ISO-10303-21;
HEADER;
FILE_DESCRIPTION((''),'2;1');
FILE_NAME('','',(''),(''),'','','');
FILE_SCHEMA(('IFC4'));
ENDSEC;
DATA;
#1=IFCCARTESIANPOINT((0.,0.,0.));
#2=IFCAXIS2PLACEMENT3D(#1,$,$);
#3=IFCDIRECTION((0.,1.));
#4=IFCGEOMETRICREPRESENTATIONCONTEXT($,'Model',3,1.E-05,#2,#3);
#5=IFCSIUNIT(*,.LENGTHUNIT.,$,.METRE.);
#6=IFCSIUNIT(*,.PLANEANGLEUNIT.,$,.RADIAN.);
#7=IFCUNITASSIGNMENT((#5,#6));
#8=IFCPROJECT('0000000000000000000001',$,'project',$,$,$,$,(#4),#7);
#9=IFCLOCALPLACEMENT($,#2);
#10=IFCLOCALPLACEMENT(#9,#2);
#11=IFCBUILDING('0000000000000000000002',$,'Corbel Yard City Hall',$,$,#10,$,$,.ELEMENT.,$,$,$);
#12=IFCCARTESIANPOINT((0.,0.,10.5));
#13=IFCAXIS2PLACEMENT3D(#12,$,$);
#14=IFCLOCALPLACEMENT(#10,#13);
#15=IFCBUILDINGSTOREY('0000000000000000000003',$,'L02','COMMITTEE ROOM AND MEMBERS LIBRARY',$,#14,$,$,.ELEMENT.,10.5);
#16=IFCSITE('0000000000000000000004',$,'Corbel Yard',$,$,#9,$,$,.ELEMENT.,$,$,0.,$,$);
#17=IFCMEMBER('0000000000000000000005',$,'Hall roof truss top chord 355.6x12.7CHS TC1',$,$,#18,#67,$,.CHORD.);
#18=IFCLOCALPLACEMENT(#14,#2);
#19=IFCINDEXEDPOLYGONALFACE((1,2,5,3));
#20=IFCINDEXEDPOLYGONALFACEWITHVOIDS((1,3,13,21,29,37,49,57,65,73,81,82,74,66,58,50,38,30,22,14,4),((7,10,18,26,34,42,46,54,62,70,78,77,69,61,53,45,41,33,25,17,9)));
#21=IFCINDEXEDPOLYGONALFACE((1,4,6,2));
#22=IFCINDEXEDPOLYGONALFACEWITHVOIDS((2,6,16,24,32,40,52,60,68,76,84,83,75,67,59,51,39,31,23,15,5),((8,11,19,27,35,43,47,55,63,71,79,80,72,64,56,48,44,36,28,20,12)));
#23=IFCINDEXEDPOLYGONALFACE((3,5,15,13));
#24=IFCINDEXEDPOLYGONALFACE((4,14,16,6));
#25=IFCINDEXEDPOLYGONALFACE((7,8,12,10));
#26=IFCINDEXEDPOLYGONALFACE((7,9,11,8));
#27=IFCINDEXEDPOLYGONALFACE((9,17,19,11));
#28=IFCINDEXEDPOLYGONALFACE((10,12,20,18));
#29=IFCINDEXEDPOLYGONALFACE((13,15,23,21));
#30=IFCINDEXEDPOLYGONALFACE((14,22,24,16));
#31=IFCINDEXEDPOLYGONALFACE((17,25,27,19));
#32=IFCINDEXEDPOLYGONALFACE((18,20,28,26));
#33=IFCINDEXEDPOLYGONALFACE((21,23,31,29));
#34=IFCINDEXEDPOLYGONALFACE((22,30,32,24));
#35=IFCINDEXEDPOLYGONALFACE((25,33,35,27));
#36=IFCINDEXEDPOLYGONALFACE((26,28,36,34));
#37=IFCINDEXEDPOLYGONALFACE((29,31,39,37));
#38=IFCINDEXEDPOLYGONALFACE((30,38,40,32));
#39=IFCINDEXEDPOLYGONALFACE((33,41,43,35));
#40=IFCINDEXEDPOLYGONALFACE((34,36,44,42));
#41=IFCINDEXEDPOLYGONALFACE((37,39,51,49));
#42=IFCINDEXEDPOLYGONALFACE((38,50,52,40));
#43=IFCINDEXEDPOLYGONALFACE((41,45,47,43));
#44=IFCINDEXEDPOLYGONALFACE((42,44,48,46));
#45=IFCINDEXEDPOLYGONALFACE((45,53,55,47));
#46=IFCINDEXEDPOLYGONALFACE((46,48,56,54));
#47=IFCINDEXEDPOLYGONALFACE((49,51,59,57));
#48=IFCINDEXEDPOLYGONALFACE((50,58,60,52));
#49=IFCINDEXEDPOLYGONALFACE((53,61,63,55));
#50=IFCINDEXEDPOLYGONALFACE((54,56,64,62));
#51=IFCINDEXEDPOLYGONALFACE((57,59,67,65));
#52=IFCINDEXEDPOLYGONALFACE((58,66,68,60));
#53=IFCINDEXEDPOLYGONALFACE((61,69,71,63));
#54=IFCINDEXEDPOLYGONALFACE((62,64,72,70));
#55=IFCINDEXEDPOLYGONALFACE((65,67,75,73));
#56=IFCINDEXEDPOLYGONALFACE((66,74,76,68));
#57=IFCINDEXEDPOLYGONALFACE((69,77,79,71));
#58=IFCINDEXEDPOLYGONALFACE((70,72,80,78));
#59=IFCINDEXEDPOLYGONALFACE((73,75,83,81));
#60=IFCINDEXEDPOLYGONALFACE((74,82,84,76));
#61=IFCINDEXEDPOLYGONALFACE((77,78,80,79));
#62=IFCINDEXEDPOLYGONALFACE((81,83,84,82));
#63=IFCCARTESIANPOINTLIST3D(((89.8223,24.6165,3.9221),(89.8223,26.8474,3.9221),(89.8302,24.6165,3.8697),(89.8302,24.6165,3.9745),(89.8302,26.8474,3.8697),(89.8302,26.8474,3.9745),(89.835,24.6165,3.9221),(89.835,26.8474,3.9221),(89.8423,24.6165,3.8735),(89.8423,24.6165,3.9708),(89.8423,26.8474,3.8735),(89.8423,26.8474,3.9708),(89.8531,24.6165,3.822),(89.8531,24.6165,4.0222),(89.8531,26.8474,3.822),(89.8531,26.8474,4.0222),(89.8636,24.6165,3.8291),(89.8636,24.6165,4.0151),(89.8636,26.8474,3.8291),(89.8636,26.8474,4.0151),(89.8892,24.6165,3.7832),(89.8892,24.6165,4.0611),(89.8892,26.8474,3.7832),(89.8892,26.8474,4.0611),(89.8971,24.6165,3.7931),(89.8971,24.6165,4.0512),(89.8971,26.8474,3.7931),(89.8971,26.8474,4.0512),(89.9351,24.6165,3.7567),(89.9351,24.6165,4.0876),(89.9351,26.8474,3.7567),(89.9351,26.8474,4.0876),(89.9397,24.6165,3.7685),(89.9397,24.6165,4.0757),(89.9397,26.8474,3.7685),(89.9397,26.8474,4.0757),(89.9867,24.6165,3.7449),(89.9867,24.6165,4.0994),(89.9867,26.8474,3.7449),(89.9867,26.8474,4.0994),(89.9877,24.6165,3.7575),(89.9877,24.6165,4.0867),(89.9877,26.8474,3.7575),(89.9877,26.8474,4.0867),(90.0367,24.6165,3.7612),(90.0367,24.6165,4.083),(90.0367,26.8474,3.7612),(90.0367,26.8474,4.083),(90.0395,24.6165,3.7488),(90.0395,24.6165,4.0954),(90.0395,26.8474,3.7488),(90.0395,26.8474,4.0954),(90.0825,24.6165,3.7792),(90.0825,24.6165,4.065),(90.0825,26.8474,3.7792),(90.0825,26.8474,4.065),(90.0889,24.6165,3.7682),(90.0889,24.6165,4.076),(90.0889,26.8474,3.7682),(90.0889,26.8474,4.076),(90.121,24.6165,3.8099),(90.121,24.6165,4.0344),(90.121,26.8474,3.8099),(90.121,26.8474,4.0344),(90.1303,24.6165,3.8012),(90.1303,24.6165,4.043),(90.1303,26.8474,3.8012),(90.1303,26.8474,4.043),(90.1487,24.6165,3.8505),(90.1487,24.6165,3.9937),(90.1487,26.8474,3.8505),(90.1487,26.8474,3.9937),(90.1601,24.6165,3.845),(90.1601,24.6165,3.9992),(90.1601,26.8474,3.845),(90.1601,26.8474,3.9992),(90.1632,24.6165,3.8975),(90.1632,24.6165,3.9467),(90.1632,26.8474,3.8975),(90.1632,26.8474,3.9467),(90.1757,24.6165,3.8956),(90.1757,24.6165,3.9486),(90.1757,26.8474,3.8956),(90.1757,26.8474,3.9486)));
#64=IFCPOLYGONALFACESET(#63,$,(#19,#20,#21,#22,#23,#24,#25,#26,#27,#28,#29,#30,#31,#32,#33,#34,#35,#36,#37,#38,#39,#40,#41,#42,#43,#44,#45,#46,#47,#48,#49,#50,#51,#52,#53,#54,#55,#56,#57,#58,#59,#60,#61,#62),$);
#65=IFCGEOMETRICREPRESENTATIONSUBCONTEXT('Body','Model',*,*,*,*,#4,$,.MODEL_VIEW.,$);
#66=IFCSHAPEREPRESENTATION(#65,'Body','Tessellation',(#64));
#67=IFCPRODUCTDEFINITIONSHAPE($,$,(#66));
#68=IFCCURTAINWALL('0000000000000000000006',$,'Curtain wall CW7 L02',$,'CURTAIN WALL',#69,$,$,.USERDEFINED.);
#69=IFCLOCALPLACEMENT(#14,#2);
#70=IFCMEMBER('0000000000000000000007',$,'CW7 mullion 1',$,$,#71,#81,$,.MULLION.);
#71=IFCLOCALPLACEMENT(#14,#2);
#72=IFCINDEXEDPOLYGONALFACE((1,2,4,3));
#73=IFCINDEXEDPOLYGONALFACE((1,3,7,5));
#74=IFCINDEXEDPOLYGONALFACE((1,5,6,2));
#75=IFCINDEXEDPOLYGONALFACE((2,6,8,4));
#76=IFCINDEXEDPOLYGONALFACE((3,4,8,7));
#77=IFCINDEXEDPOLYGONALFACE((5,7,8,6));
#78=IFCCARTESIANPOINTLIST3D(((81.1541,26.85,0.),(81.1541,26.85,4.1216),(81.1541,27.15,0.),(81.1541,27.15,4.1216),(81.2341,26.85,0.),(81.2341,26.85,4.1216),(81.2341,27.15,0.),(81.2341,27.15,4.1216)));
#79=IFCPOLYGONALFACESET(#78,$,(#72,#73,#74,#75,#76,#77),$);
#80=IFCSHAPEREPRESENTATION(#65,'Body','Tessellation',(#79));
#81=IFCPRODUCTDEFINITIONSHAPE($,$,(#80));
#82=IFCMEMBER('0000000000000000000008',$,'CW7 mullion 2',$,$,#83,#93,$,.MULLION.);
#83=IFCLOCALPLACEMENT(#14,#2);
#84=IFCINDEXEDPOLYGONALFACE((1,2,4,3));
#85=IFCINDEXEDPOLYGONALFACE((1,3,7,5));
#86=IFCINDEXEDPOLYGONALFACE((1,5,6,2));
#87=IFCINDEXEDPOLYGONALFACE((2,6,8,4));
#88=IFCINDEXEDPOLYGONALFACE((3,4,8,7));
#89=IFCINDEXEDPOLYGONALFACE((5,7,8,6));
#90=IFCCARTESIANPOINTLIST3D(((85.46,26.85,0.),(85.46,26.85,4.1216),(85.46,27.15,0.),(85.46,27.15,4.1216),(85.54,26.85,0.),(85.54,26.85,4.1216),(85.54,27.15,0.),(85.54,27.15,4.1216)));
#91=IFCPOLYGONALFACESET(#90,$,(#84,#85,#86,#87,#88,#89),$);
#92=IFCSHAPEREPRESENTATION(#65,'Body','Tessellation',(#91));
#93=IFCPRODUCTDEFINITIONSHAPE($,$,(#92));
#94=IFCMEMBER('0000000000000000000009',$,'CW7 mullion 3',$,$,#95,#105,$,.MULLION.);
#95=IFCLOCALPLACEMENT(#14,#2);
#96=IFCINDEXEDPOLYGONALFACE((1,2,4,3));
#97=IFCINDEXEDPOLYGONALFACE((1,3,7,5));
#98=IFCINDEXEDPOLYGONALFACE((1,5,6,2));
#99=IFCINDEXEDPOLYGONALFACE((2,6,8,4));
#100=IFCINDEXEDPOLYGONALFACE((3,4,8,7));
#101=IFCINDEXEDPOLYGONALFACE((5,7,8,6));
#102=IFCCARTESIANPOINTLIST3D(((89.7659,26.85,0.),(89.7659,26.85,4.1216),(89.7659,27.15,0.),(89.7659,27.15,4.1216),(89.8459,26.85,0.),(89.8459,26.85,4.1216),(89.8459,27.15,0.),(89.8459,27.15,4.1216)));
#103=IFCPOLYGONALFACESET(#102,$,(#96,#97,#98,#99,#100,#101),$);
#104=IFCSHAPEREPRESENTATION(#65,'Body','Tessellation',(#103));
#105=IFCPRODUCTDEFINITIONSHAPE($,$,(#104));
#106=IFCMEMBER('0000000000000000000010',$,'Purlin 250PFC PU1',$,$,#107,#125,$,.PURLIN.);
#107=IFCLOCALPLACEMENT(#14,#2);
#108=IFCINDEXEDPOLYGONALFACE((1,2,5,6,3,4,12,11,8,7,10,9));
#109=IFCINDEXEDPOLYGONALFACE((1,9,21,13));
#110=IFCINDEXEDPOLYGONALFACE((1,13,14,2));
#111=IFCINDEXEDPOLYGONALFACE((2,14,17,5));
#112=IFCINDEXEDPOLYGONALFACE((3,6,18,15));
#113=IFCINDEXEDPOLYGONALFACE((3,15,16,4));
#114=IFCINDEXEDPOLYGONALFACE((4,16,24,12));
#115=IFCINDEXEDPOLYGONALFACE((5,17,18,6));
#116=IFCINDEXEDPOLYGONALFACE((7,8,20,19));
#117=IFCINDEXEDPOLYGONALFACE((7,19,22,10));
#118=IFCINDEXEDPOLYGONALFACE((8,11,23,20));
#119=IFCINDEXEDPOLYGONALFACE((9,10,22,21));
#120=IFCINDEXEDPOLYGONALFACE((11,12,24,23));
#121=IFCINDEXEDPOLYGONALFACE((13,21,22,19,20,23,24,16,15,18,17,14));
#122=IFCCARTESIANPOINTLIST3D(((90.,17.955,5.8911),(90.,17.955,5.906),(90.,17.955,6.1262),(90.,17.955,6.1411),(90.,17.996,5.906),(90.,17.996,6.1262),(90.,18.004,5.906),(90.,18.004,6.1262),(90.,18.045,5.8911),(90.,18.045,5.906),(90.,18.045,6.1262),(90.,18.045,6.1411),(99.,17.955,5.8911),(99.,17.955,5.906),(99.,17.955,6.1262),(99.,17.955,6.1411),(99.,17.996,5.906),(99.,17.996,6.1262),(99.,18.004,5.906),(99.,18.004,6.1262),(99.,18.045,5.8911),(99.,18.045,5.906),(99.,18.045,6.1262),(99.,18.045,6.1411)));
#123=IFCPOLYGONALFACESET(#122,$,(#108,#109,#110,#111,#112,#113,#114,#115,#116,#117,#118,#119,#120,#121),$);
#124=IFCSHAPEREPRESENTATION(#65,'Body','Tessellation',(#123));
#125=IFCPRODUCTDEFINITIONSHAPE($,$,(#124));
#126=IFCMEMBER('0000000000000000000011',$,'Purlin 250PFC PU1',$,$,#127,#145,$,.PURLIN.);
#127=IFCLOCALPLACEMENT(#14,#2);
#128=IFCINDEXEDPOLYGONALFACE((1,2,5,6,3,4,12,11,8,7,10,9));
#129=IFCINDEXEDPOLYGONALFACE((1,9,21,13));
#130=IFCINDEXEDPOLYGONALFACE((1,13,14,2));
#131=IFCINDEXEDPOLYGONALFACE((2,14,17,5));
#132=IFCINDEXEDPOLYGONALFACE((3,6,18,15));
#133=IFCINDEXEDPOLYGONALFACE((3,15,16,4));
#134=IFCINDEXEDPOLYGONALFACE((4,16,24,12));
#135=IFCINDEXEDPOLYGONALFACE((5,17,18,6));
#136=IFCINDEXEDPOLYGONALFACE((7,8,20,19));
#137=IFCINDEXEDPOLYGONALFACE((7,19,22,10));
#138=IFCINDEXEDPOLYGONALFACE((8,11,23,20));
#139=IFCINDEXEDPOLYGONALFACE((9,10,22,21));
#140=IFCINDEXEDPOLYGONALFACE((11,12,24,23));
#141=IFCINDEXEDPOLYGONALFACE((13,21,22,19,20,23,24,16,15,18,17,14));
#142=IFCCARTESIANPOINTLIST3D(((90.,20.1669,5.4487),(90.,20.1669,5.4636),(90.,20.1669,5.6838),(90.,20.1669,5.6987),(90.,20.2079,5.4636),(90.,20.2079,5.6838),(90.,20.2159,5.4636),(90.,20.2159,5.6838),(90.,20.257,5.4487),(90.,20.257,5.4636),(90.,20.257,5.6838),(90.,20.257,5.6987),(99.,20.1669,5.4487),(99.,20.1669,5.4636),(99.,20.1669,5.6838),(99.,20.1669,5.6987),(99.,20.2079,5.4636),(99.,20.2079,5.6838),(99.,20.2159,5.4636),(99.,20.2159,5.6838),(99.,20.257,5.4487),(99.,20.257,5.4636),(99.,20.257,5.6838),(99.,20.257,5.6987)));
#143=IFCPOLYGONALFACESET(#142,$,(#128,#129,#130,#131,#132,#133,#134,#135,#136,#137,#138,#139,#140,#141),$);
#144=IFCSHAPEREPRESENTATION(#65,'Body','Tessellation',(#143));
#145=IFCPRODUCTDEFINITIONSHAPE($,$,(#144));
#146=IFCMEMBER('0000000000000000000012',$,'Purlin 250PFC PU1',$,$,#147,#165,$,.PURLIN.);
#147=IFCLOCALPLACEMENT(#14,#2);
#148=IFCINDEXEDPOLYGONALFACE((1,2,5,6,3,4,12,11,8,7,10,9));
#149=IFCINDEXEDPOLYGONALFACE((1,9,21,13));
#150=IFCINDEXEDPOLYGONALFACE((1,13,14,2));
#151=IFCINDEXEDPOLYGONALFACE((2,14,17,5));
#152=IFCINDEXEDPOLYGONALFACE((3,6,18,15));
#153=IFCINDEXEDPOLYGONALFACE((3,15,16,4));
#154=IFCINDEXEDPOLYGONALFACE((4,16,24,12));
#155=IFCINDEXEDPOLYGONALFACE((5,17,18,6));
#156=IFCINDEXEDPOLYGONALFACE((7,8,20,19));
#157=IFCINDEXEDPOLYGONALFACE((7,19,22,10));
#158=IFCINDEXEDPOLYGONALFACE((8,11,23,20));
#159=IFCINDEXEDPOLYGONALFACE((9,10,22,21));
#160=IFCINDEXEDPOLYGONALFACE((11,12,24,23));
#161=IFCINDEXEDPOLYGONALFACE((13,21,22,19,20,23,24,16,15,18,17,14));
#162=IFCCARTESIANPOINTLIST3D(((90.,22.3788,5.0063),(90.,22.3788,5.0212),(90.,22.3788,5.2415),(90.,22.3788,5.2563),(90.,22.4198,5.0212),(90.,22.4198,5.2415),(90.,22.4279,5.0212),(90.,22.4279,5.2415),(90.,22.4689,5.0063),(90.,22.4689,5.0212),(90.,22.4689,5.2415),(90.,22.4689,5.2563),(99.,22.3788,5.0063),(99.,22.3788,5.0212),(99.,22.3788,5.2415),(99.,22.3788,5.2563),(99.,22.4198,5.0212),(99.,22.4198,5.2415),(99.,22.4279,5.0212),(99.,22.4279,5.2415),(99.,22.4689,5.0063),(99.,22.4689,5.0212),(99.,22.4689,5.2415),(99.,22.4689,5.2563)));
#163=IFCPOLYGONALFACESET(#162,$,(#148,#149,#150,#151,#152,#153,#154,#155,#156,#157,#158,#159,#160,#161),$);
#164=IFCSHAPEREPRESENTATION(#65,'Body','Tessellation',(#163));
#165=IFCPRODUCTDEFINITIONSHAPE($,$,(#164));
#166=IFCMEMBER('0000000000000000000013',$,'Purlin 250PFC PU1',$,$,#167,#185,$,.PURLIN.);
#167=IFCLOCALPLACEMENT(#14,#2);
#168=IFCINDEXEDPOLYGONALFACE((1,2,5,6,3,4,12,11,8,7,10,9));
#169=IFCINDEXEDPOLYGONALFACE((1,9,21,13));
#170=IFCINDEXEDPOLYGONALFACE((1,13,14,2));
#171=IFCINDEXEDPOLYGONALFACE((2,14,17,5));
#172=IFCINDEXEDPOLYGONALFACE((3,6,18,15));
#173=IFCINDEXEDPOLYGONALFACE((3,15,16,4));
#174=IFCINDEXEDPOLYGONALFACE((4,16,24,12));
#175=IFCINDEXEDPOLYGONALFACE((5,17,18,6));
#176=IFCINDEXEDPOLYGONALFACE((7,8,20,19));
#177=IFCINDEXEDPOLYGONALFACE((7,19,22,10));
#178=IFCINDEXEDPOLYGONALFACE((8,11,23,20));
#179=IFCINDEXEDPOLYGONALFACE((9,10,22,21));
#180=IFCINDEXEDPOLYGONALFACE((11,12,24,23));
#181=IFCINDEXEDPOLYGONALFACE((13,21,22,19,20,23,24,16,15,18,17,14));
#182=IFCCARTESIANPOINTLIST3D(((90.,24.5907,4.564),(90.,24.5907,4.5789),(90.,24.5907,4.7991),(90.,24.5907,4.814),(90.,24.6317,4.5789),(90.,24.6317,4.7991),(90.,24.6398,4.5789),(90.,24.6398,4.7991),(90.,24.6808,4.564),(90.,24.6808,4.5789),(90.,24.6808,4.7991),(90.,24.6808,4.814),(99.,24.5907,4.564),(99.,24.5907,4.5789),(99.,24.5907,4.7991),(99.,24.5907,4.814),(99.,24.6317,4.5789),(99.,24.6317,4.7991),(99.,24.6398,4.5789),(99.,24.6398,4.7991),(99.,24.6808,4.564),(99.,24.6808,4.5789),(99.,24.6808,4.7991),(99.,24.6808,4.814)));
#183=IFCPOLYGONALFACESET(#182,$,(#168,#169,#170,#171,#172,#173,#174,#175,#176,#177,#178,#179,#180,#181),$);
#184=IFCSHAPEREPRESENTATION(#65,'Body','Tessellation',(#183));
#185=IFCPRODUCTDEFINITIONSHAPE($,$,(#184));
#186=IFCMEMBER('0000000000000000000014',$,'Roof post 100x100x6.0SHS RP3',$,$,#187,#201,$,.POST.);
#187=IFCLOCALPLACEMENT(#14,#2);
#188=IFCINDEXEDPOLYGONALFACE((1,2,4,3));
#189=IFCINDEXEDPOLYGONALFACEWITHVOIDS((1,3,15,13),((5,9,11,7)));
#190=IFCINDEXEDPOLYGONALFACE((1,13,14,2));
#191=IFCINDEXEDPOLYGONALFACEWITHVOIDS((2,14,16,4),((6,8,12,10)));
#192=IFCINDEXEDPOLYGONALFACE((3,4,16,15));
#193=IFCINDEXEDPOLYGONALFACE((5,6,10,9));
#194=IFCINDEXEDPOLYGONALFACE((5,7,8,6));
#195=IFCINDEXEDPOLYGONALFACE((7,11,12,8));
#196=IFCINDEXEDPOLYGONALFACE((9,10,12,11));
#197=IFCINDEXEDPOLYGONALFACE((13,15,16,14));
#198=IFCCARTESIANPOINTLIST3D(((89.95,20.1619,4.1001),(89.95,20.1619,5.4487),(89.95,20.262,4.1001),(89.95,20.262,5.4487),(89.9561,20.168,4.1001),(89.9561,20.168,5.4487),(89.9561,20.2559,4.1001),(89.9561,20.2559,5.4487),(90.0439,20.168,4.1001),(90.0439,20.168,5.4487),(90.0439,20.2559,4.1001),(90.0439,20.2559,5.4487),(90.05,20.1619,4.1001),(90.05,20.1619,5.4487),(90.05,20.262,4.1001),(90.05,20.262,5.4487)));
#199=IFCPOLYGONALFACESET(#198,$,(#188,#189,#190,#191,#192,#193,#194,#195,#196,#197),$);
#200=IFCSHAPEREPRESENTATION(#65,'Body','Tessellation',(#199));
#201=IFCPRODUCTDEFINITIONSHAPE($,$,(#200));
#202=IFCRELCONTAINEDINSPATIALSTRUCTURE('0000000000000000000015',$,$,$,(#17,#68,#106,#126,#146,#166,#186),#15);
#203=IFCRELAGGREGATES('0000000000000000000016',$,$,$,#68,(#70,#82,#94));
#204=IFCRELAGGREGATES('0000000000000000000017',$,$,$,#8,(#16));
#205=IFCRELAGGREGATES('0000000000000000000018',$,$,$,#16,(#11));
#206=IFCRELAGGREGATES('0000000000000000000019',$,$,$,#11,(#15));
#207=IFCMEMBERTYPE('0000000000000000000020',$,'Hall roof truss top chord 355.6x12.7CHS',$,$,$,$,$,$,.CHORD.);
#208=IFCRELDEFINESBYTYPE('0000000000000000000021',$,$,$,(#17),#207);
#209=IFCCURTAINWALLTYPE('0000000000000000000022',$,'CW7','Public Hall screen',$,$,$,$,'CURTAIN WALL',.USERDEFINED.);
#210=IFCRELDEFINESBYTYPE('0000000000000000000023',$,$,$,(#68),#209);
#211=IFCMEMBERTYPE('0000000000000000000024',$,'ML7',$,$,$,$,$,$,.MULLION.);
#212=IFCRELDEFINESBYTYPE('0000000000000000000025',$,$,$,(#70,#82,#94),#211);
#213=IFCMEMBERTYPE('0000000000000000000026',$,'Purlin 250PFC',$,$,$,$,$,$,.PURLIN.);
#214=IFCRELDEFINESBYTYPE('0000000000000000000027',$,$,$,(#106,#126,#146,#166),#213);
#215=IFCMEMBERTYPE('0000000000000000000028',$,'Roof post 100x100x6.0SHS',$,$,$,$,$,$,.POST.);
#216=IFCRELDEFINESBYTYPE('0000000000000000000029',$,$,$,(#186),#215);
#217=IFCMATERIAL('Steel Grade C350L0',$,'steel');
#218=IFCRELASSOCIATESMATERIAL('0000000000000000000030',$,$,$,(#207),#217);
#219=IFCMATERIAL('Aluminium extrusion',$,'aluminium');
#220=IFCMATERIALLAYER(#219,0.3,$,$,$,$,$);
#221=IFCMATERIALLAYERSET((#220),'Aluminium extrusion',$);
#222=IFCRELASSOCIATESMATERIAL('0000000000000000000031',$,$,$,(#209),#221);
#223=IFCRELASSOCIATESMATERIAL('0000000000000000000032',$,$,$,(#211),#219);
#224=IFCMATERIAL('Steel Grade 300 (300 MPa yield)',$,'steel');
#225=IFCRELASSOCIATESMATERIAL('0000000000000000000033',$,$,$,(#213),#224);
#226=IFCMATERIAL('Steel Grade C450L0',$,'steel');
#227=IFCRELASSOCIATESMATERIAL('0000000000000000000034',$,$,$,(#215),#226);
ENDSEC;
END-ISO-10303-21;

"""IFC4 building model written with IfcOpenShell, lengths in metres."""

from ifc_helpers import new_model, si_unit, direction, frame, origin, origin_2d, place, context, subcontext, project, spatial, rectangle, hollow_rectangle, hollow_circle, i_section, extrude, material, layer, layer_set, material_profile, profile_set, type_object, element, aggregate, save


model = new_model("IFC4")

# Units and contexts
model_context = context("Model", 3, precision=1e-05, world=origin(), true_north=direction((0.0, 1.0)))
body_context = subcontext(model_context, "Body", "Model", "MODEL_VIEW")
ifc_project = project(units=[si_unit("LENGTHUNIT", "METRE"), si_unit("PLANEANGLEUNIT", "RADIAN")], contexts=[model_context])

# Site, building, storey
site_placement = place(None, origin())
site = spatial("IfcSite", under=ifc_project, at=site_placement, Name="Corbel Yard", CompositionType="ELEMENT", RefElevation=0.0)
building_placement = place(site_placement, origin())
building = spatial("IfcBuilding", under=site, at=building_placement, Name="Corbel Yard City Hall", CompositionType="ELEMENT")
storey_placement = place(building_placement, frame((0.0, 0.0, 10.5)))
storey = spatial("IfcBuildingStorey", under=building, at=storey_placement, Name="L02", Description="COMMITTEE ROOM AND MEMBERS LIBRARY", CompositionType="ELEMENT", Elevation=10.5)

# Shared definitions
ifc_material_1 = material(Name="Steel Grade 300 (300 MPa yield)", Category="steel")

# Member
ifc_material_2 = material(Name="Steel Grade C350L0", Category="steel")
ifc_material_profile_1 = material_profile(ifc_material_2, hollow_circle(Radius=0.1777, WallThickness=0.0127, at=origin_2d()), Name="355.6x12.7CHS")
ifc_profile_set_1 = profile_set([ifc_material_profile_1], Name="Steel Grade C350L0")
member_type_1 = type_object("IfcMemberType", Name="Hall roof truss top chord 355.6x12.7CHS", PredefinedType="CHORD", material=ifc_profile_set_1)
member_1_placement = place(storey_placement, frame((90.0, 24.6165, 3.9221), z_axis=(0.0, 1.0, 0.0), x_axis=(-1.0, 0.0, 0.0)))
element("IfcMember", 1, at=member_1_placement, inside=storey, type_object=member_type_1, Name="Hall roof truss top chord 355.6x12.7CHS TC1", PredefinedType="CHORD", context=body_context, shape_type="SweptSolid", body=[
    extrude(hollow_circle(Radius=0.1777, WallThickness=0.0127, at=origin_2d()), origin(), (0.0, 0.0, 1.0), 2.231),
])

# Curtain wall, members
ifc_material_3 = material(Name="Aluminium extrusion", Category="aluminium")
ifc_layer_1 = layer(ifc_material_3, 0.3)
ifc_layer_set_1 = layer_set([ifc_layer_1], Name="Aluminium extrusion")
curtain_wall_type = type_object("IfcCurtainWallType", Name="CW7", Description="Public Hall screen", ElementType="CURTAIN WALL", PredefinedType="USERDEFINED", material=ifc_layer_set_1)
curtain_wall_placement = place(storey_placement, origin())
curtain_wall = element("IfcCurtainWall", 2, at=curtain_wall_placement, inside=storey, type_object=curtain_wall_type, Name="Curtain wall CW7 L02", ObjectType="CURTAIN WALL", PredefinedType="USERDEFINED")
ifc_material_profile_2 = material_profile(ifc_material_3, rectangle(XDim=0.3, YDim=0.0801, at=origin_2d()), Name="300x80")
ifc_profile_set_2 = profile_set([ifc_material_profile_2], Name="Aluminium extrusion")
member_type_2 = type_object("IfcMemberType", Name="ML7", PredefinedType="MULLION", material=ifc_profile_set_2)
member_2_placement = place(storey_placement, frame((81.1941, 27.0, 0.0), z_axis=(0.0, 0.0, 1.0), x_axis=(0.0, 1.0, 0.0)))
member_2 = element("IfcMember", 3, at=member_2_placement, type_object=member_type_2, Name="CW7 mullion 1", PredefinedType="MULLION", context=body_context, shape_type="SweptSolid", body=[
    extrude(rectangle(XDim=0.3, YDim=0.0801, at=origin_2d()), origin(), (0.0, 0.0, 1.0), 4.1216),
])
member_3_placement = place(storey_placement, frame((85.5, 27.0, 0.0), z_axis=(0.0, 0.0, 1.0), x_axis=(0.0, 1.0, 0.0)))
member_3 = element("IfcMember", 4, at=member_3_placement, type_object=member_type_2, Name="CW7 mullion 2", PredefinedType="MULLION", context=body_context, shape_type="SweptSolid", body=[
    extrude(rectangle(XDim=0.3, YDim=0.0801, at=origin_2d()), origin(), (0.0, 0.0, 1.0), 4.1216),
])
member_4_placement = place(storey_placement, frame((89.8059, 27.0, 0.0), z_axis=(0.0, 0.0, 1.0), x_axis=(0.0, 1.0, 0.0)))
member_4 = element("IfcMember", 5, at=member_4_placement, type_object=member_type_2, Name="CW7 mullion 3", PredefinedType="MULLION", context=body_context, shape_type="SweptSolid", body=[
    extrude(rectangle(XDim=0.3, YDim=0.0801, at=origin_2d()), origin(), (0.0, 0.0, 1.0), 4.1216),
])

# Members
ifc_material_profile_3 = material_profile(ifc_material_1, i_section(OverallWidth=0.0901, OverallDepth=0.25, WebThickness=0.0081, FlangeThickness=0.0149, at=origin_2d()), Name="250PFC")
ifc_profile_set_3 = profile_set([ifc_material_profile_3], Name="Steel Grade 300 (300 MPa yield)")
member_type_3 = type_object("IfcMemberType", Name="Purlin 250PFC", PredefinedType="PURLIN", material=ifc_profile_set_3)
for number, where, z_axis, x_axis, name in (
    (6, (90.0, 18.0, 6.0161), (1.0, 0.0, 0.0), (0.0, 1.0, 0.0), "Purlin 250PFC PU1"),
    (7, (90.0, 20.2119, 5.5737), (1.0, 0.0, 0.0), (0.0, 1.0, 0.0), "Purlin 250PFC PU1"),
    (8, (90.0, 22.4238, 5.1313), (1.0, 0.0, 0.0), (0.0, 1.0, 0.0), "Purlin 250PFC PU1"),
    (9, (90.0, 24.6357, 4.689), (1.0, 0.0, 0.0), (0.0, 1.0, 0.0), "Purlin 250PFC PU1"),
):
    element("IfcMember", number, at=place(storey_placement, frame(where, z_axis=z_axis, x_axis=x_axis)), inside=storey, type_object=member_type_3, Name=name, PredefinedType="PURLIN", context=body_context, shape_type="SweptSolid", body=[
        extrude(i_section(OverallWidth=0.0901, OverallDepth=0.25, WebThickness=0.0081, FlangeThickness=0.0149, at=origin_2d()), origin(), (0.0, 0.0, 1.0), 9.0),
    ])
ifc_material_4 = material(Name="Steel Grade C450L0", Category="steel")
ifc_material_profile_4 = material_profile(ifc_material_4, hollow_rectangle(XDim=0.1001, YDim=0.1001, WallThickness=0.0061, at=origin_2d()), Name="100x100x6.0SHS")
ifc_profile_set_4 = profile_set([ifc_material_profile_4], Name="Steel Grade C450L0")
member_type_4 = type_object("IfcMemberType", Name="Roof post 100x100x6.0SHS", PredefinedType="POST", material=ifc_profile_set_4)
member_5_placement = place(storey_placement, frame((90.0, 20.2119, 4.1001), z_axis=(0.0, 0.0, 1.0), x_axis=(1.0, 0.0, 0.0)))
element("IfcMember", 10, at=member_5_placement, inside=storey, type_object=member_type_4, Name="Roof post 100x100x6.0SHS RP3", PredefinedType="POST", context=body_context, shape_type="SweptSolid", body=[
    extrude(hollow_rectangle(XDim=0.1001, YDim=0.1001, WallThickness=0.0061, at=origin_2d()), origin(), (0.0, 0.0, 1.0), 1.3486),
])

aggregate(curtain_wall, [member_2, member_3, member_4])

save(model, "model.ifc")
